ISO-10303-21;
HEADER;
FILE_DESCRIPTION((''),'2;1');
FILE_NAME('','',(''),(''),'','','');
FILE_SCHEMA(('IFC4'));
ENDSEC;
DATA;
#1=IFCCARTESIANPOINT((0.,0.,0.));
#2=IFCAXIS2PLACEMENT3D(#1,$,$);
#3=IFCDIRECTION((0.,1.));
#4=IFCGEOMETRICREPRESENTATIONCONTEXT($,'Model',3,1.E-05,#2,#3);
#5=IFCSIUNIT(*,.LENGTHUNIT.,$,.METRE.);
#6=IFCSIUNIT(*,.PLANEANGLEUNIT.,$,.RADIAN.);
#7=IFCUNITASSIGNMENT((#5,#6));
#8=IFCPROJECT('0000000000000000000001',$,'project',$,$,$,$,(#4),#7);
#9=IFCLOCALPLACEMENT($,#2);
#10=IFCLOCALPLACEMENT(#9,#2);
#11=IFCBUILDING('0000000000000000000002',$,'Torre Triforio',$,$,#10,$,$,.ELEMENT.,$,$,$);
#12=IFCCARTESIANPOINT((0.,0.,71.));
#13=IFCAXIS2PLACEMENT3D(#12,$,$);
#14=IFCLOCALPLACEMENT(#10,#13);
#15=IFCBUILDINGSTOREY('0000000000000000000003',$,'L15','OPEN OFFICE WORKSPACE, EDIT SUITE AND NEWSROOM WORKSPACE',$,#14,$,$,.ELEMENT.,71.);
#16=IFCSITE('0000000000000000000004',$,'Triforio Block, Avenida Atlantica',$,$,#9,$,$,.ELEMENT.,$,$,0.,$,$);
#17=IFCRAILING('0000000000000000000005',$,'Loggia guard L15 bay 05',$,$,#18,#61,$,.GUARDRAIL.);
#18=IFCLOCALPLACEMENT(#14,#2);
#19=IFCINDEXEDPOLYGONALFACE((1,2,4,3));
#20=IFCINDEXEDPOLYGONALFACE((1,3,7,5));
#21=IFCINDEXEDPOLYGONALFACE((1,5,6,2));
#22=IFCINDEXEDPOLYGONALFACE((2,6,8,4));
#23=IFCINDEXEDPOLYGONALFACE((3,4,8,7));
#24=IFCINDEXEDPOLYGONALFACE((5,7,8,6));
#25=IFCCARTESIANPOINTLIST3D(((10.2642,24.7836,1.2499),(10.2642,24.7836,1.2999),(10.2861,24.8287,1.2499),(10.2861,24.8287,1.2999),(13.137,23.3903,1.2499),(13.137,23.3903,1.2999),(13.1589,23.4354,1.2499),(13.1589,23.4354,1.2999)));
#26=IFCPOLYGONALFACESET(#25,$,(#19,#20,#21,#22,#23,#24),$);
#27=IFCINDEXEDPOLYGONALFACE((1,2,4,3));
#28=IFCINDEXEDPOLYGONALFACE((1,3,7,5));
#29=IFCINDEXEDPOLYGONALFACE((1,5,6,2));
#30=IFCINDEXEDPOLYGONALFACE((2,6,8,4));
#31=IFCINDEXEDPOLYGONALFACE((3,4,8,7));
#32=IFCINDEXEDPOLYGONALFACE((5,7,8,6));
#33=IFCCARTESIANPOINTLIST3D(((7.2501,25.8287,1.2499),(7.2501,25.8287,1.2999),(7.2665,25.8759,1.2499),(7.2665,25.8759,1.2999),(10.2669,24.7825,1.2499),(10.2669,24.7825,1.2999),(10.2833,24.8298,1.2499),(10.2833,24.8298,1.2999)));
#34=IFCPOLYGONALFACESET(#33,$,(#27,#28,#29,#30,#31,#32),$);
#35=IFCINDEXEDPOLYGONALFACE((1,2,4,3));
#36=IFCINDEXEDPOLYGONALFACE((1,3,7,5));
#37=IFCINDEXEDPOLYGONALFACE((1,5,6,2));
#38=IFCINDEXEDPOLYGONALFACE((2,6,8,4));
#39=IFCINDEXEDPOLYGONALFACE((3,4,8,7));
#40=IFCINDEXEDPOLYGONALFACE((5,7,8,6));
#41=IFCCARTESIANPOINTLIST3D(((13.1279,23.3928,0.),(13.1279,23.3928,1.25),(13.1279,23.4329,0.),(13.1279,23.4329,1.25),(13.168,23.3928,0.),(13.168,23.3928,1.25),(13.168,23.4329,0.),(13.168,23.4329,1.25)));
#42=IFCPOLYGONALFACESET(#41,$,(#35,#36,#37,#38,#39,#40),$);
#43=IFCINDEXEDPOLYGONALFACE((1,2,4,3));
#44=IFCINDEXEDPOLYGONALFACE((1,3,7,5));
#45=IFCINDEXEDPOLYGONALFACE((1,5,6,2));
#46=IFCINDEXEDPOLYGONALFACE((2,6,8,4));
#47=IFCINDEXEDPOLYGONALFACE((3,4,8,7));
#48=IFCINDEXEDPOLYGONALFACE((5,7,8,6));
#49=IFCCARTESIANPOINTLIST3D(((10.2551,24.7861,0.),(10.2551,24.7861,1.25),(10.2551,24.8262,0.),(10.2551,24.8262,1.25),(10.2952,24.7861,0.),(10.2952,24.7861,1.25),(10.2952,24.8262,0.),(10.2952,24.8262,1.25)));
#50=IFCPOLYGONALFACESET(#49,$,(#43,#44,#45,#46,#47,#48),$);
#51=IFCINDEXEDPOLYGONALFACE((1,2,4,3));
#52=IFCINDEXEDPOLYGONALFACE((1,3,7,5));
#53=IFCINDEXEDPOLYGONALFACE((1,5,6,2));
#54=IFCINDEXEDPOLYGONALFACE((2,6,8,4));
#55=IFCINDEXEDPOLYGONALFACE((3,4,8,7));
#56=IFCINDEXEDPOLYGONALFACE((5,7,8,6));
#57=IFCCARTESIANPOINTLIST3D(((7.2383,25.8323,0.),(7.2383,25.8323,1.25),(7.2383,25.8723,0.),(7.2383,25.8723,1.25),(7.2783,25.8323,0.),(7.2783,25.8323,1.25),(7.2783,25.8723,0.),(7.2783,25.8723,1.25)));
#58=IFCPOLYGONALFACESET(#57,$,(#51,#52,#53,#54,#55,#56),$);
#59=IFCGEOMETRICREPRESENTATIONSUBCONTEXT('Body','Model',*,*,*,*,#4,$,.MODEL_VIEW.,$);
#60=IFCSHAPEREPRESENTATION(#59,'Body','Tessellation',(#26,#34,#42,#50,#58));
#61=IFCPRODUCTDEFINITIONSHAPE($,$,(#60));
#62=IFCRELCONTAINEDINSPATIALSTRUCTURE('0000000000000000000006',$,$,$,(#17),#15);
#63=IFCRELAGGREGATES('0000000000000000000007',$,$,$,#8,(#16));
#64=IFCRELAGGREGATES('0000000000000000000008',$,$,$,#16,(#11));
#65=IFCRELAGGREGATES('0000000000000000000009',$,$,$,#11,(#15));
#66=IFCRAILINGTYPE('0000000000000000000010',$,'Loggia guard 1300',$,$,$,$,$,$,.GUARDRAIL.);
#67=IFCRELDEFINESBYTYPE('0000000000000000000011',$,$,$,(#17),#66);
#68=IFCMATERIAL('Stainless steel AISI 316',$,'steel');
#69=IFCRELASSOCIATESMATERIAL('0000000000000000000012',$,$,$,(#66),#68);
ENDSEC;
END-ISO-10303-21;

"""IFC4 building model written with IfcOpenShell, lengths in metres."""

from ifc_helpers import new_model, si_unit, direction, frame, origin, origin_2d, place, context, subcontext, project, spatial, rectangle, extrude, material, type_object, element, save


model = new_model("IFC4")

# Units and contexts
model_context = context("Model", 3, precision=1e-05, world=origin(), true_north=direction((0.0, 1.0)))
body_context = subcontext(model_context, "Body", "Model", "MODEL_VIEW")
ifc_project = project(units=[si_unit("LENGTHUNIT", "METRE"), si_unit("PLANEANGLEUNIT", "RADIAN")], contexts=[model_context])

# Site, building, storey
site_placement = place(None, origin())
site = spatial("IfcSite", under=ifc_project, at=site_placement, Name="Triforio Block, Avenida Atlantica", CompositionType="ELEMENT", RefElevation=0.0)
building_placement = place(site_placement, origin())
building = spatial("IfcBuilding", under=site, at=building_placement, Name="Torre Triforio", CompositionType="ELEMENT")
storey_placement = place(building_placement, frame((0.0, 0.0, 71.0)))
storey = spatial("IfcBuildingStorey", under=building, at=storey_placement, Name="L15", Description="OPEN OFFICE WORKSPACE, EDIT SUITE AND NEWSROOM WORKSPACE", CompositionType="ELEMENT", Elevation=71.0)

# Railing
ifc_material_1 = material(Name="Stainless steel AISI 316", Category="steel")
railing_type = type_object("IfcRailingType", Name="Loggia guard 1300", PredefinedType="GUARDRAIL", material=ifc_material_1)
railing_1_placement = place(storey_placement, frame((13.1479, 23.4128, 0.0)))
element("IfcRailing", 1, at=railing_1_placement, inside=storey, type_object=railing_type, Name="Loggia guard L15 bay 05", PredefinedType="GUARDRAIL", context=body_context, shape_type="SweptSolid", body=[
    extrude(rectangle(XDim=0.05, YDim=0.05, at=origin_2d()), frame((0.0, 0.0, 1.2749), z_axis=(-0.89976, 0.436384, 0.0), x_axis=(-0.436384, -0.89976, 0.0)), (0.0, 0.0, 1.0), 3.1929),
    extrude(rectangle(XDim=0.05, YDim=0.05, at=origin_2d()), frame((-2.8728, 1.3933, 1.2749), z_axis=(-0.944807, 0.327628, 0.0), x_axis=(-0.327628, -0.944807, 0.0)), (0.0, 0.0, 1.0), 3.1931),
    extrude(rectangle(XDim=0.04, YDim=0.04, at=origin_2d()), origin(), (0.0, 0.0, 1.0), 1.25),
    extrude(rectangle(XDim=0.04, YDim=0.04, at=origin_2d()), frame((-2.8728, 1.3933, 0.0)), (0.0, 0.0, 1.0), 1.25),
    extrude(rectangle(XDim=0.04, YDim=0.04, at=origin_2d()), frame((-5.8896, 2.4395, 0.0)), (0.0, 0.0, 1.0), 1.25),
])

save(model, "model.ifc")
